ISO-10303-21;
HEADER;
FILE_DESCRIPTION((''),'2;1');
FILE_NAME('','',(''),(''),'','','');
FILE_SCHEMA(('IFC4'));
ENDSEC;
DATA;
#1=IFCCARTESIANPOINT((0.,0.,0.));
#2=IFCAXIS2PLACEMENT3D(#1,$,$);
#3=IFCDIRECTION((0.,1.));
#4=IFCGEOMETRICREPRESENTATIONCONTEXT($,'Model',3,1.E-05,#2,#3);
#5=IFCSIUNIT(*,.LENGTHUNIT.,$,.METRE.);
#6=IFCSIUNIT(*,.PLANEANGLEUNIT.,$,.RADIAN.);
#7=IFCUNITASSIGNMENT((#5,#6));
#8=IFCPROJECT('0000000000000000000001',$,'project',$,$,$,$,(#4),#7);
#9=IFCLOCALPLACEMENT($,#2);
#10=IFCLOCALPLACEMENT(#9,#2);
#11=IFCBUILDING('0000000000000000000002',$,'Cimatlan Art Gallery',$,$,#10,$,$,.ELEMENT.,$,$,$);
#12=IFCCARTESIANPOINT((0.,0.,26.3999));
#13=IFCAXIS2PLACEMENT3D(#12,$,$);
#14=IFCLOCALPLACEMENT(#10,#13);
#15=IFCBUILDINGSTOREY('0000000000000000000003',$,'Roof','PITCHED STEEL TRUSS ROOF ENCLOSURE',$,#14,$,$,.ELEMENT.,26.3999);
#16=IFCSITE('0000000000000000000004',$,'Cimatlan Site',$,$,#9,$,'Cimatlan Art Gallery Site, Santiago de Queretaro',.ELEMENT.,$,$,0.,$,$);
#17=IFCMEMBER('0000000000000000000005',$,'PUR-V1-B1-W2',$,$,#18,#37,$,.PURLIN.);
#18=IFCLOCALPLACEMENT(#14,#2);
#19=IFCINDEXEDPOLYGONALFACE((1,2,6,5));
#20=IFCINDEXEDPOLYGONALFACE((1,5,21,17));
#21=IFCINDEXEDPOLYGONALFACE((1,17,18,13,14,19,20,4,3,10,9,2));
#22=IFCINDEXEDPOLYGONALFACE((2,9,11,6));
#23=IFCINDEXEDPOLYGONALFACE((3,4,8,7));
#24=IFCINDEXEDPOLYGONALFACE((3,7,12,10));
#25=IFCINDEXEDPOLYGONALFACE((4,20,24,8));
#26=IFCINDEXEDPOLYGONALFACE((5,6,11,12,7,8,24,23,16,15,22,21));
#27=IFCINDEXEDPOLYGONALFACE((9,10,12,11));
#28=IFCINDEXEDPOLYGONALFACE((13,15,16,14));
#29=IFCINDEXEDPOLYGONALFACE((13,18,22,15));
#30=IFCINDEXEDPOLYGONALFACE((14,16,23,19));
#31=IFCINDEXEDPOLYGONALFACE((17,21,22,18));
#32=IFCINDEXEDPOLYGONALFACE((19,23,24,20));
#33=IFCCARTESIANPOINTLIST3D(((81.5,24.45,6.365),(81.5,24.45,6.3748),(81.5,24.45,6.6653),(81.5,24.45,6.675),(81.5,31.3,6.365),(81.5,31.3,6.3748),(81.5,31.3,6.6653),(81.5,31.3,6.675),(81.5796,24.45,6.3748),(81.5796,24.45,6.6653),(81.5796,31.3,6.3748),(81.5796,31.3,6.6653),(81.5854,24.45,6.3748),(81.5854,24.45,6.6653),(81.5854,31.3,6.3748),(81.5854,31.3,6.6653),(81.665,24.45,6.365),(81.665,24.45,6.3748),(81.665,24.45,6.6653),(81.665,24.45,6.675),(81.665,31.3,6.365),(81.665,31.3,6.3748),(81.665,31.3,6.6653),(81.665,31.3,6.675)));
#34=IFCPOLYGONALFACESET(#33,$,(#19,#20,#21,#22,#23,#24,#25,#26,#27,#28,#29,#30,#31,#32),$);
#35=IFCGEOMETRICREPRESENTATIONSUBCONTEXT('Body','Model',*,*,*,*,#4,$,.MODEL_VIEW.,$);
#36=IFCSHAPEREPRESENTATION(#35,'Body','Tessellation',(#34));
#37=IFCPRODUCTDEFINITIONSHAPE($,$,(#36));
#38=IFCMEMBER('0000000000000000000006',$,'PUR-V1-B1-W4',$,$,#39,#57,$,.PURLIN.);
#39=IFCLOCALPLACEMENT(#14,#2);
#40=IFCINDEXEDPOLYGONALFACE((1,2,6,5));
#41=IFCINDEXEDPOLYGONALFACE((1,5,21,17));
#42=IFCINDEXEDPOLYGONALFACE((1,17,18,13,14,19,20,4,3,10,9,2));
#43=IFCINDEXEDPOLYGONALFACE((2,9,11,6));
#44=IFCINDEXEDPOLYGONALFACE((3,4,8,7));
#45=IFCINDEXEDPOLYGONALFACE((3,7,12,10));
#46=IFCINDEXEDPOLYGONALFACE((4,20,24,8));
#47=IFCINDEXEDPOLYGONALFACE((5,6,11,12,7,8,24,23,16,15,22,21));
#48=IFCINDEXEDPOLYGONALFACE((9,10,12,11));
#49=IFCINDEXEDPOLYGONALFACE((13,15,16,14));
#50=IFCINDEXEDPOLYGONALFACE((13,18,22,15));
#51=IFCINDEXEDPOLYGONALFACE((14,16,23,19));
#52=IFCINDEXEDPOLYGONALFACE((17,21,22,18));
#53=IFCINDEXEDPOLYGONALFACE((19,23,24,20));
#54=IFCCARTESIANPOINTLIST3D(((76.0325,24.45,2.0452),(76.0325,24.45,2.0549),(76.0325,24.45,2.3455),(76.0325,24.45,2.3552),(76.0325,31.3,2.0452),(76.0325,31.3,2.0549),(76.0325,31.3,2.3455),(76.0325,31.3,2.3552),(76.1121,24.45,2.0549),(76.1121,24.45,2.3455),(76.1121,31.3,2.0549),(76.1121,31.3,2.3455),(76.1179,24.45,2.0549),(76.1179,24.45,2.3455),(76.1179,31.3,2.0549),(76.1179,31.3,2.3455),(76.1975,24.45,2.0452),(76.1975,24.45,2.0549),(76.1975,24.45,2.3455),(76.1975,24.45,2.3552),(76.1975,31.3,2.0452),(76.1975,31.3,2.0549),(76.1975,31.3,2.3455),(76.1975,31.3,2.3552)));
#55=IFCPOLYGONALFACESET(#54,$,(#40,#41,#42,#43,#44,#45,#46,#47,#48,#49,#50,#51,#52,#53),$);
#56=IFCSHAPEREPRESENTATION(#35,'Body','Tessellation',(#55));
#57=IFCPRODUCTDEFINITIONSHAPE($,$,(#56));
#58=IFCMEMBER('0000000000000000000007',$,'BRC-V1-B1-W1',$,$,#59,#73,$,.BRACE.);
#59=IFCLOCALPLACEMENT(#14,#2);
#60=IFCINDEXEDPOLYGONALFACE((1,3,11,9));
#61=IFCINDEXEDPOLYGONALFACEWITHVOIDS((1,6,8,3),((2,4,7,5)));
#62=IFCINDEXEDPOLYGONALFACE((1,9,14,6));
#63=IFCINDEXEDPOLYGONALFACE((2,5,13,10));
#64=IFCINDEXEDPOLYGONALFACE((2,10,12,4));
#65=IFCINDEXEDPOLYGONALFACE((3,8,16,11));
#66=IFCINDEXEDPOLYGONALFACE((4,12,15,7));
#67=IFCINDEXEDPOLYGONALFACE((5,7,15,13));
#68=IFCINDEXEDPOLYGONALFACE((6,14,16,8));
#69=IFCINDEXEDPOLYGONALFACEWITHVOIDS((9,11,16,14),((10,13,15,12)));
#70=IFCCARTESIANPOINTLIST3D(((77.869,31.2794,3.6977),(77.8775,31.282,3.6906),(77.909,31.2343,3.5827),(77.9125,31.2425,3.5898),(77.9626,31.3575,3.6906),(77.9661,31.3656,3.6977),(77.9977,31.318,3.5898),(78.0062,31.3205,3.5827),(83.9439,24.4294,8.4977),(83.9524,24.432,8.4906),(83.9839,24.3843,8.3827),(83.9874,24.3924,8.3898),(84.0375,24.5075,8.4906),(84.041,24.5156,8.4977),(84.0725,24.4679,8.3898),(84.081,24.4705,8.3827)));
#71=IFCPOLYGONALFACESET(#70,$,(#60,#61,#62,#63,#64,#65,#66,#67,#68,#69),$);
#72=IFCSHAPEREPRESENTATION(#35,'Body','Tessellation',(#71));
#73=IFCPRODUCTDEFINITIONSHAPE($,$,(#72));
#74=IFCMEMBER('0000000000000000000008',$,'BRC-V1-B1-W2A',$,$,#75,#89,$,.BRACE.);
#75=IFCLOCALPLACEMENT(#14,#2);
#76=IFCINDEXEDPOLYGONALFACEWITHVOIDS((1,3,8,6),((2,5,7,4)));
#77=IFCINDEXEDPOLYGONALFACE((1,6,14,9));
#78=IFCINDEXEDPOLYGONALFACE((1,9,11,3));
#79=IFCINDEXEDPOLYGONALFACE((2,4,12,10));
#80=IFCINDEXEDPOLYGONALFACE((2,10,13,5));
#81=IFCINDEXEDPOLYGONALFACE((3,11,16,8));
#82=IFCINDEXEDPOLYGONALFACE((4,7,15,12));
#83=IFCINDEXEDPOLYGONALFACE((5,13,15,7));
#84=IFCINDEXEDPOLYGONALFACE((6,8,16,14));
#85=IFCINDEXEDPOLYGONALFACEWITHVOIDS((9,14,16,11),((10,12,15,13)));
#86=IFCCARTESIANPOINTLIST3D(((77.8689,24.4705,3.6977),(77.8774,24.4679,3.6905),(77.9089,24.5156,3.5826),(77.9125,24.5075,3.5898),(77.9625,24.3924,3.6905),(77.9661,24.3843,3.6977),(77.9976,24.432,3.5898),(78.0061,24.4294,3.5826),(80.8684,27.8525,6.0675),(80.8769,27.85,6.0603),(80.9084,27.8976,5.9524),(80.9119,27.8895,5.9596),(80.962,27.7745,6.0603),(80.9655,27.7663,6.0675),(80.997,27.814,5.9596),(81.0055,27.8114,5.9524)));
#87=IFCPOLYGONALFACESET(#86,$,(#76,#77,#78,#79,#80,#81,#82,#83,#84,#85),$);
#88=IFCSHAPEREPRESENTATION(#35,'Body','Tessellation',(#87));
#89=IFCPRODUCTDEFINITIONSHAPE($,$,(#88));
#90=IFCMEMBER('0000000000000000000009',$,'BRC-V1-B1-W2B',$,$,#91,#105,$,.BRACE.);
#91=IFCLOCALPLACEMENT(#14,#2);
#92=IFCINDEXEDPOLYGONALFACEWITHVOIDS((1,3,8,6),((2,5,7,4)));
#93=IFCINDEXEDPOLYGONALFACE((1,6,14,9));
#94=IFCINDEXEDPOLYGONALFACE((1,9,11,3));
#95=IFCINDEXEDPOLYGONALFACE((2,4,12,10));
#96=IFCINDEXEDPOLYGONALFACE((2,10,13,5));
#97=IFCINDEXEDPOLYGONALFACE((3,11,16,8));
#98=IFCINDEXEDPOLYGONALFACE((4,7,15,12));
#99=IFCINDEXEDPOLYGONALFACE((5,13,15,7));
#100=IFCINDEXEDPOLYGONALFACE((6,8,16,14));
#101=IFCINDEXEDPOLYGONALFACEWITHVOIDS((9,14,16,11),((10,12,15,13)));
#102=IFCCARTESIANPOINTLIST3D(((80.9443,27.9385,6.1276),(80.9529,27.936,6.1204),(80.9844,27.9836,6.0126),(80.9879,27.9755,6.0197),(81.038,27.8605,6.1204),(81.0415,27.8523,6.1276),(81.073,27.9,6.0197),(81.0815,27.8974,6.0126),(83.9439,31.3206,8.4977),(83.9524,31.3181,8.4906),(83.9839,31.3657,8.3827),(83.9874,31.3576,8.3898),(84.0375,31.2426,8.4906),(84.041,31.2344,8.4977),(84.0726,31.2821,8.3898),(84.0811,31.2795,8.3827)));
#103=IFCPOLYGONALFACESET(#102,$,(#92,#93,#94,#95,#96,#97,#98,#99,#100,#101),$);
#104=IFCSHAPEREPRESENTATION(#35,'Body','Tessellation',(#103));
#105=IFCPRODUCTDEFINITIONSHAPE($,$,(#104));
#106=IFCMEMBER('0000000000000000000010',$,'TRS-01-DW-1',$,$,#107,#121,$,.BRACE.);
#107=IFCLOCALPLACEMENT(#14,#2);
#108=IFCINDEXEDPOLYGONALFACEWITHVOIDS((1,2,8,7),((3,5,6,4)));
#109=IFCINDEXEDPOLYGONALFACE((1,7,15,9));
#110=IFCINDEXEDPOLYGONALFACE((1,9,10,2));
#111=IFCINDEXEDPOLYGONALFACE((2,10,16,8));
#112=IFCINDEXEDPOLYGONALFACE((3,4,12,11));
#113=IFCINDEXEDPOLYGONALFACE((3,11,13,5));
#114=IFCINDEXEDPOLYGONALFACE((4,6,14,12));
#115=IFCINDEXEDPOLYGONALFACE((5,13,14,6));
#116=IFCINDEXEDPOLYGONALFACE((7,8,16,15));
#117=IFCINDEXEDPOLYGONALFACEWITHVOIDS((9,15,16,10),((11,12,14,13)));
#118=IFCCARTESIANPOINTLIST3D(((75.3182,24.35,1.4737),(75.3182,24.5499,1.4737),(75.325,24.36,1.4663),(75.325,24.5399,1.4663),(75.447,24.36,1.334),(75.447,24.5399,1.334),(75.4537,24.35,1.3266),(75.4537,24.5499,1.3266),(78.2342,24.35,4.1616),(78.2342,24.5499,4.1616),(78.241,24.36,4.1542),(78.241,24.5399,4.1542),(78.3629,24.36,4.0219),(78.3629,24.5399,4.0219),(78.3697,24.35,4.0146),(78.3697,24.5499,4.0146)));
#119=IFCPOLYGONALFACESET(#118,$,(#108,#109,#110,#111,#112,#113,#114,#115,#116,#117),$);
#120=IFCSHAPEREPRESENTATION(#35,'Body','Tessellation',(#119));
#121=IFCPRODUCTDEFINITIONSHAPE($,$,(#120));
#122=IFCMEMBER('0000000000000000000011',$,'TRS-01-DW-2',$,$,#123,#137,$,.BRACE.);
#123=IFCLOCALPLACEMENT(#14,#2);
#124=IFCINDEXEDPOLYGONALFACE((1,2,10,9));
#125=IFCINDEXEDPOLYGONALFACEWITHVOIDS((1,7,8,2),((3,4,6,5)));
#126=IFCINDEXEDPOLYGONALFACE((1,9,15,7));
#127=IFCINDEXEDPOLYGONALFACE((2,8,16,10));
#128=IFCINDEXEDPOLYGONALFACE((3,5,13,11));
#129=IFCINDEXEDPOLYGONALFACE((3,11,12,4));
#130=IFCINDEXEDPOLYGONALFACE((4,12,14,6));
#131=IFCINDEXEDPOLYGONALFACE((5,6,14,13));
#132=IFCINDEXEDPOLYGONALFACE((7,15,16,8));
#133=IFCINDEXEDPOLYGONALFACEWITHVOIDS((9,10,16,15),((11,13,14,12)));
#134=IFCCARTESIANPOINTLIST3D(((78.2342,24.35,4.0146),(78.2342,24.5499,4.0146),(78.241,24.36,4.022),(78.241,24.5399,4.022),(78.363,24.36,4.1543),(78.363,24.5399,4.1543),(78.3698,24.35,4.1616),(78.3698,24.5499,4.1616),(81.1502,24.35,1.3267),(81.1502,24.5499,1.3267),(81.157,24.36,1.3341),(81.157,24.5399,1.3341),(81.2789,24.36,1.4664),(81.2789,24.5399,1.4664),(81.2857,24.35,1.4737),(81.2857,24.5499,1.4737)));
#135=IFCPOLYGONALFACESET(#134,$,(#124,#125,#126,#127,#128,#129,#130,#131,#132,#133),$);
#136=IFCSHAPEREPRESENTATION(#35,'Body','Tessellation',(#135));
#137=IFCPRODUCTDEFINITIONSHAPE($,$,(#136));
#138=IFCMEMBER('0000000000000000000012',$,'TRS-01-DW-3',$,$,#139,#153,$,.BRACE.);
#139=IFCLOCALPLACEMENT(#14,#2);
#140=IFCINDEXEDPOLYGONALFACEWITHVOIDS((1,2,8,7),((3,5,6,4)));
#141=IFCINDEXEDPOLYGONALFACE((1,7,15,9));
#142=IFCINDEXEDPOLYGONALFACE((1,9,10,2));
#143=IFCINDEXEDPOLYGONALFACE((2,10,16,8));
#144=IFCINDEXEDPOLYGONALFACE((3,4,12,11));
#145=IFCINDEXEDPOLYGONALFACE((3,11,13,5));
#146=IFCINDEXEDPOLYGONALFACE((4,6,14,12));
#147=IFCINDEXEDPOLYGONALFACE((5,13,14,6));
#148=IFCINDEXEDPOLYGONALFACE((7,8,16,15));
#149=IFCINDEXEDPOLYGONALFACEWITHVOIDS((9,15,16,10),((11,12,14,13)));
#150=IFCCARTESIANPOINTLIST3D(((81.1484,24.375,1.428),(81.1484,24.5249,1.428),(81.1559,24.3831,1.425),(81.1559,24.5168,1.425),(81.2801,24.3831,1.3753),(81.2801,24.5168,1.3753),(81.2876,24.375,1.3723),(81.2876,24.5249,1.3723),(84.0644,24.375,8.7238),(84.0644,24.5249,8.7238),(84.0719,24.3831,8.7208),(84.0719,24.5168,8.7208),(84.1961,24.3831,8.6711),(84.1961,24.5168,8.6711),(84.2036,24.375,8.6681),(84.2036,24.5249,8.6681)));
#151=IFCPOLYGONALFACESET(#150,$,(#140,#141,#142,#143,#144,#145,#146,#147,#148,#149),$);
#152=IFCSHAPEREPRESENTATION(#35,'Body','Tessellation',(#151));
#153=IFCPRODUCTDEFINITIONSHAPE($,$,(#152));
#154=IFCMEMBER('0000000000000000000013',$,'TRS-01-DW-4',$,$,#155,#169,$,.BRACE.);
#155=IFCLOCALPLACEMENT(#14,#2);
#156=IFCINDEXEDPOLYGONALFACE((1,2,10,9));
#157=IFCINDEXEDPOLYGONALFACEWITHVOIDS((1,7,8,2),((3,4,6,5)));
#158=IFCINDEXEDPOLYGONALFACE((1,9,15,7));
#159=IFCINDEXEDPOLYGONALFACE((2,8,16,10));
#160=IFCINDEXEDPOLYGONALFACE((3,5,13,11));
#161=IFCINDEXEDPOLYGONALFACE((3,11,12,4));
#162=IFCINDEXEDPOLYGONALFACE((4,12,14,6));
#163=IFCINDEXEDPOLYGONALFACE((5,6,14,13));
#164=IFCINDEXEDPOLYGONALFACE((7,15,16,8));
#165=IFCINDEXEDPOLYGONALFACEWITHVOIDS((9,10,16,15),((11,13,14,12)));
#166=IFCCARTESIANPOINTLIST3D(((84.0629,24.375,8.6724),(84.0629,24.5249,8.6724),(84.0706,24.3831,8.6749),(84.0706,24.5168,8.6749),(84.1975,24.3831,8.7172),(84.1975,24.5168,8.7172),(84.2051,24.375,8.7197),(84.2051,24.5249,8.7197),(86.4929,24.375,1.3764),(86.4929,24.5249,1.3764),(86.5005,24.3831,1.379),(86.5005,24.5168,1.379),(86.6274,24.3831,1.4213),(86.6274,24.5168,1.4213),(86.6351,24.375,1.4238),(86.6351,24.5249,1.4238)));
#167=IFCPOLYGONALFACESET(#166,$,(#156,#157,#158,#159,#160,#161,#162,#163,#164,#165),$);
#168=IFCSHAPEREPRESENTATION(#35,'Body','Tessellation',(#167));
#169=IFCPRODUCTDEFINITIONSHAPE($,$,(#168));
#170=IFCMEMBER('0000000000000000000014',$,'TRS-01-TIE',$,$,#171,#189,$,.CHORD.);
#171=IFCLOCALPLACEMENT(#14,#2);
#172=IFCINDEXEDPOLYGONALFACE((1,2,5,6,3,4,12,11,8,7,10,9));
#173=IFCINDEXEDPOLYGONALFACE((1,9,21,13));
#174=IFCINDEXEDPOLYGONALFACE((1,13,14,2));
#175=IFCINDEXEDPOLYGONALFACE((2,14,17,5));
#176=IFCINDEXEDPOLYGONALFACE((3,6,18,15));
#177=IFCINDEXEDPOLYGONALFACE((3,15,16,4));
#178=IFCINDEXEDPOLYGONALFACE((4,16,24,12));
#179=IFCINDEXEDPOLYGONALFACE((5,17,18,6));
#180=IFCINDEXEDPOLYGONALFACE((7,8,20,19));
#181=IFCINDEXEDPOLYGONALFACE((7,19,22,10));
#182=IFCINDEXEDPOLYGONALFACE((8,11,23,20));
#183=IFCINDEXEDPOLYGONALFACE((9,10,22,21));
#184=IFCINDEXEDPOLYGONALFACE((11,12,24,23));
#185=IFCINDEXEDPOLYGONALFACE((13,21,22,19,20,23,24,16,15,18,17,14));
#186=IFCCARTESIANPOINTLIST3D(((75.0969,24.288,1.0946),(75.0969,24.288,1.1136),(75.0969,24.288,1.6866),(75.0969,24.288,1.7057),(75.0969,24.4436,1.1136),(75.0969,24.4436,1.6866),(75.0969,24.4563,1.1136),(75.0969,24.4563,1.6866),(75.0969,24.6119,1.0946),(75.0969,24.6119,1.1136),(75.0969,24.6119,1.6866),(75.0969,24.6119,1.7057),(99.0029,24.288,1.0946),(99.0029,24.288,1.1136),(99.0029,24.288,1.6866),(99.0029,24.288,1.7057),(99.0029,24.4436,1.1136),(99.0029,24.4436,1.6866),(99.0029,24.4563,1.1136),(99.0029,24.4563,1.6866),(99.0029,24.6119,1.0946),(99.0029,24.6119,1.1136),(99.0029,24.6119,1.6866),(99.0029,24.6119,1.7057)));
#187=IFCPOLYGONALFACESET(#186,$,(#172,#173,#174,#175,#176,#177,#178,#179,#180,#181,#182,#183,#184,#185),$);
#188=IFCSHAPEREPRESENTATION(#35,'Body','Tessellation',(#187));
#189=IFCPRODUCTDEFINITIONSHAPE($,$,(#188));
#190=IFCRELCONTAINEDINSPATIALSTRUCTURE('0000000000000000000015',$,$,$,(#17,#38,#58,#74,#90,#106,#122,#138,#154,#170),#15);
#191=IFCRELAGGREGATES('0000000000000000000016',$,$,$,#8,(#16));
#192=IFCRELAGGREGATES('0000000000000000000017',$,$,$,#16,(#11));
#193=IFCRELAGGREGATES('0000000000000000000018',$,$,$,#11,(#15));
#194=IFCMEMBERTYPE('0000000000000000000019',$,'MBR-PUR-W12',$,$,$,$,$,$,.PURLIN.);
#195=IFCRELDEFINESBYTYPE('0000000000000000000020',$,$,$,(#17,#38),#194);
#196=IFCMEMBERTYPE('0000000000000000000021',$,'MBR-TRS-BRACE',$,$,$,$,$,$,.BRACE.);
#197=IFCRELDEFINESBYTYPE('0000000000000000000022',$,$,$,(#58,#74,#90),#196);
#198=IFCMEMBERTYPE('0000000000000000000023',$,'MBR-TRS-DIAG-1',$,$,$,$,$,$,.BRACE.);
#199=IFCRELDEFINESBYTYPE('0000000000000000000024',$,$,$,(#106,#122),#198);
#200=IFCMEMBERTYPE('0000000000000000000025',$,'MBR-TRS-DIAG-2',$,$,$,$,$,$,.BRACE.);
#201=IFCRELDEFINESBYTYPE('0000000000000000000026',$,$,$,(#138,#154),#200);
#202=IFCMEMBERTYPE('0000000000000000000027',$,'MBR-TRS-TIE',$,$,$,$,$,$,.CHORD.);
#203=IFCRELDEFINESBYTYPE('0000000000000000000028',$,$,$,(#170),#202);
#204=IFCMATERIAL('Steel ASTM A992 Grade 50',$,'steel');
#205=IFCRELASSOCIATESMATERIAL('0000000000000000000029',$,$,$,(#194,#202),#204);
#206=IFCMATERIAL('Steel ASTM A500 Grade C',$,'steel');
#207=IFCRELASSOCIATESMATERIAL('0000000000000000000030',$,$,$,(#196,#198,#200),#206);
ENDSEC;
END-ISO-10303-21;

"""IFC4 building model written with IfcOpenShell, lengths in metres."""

from ifc_helpers import new_model, si_unit, direction, frame, origin, origin_2d, place, context, subcontext, project, spatial, hollow_rectangle, i_section, extrude, material, material_profile, profile_set, type_object, element, save


model = new_model("IFC4")

# Units and contexts
model_context = context("Model", 3, precision=1e-05, world=origin(), true_north=direction((0.0, 1.0)))
body_context = subcontext(model_context, "Body", "Model", "MODEL_VIEW")
ifc_project = project(units=[si_unit("LENGTHUNIT", "METRE"), si_unit("PLANEANGLEUNIT", "RADIAN")], contexts=[model_context])

# Site, building, storey
site_placement = place(None, origin())
site = spatial("IfcSite", under=ifc_project, at=site_placement, Name="Cimatlan Site", LongName="Cimatlan Art Gallery Site, Santiago de Queretaro", CompositionType="ELEMENT", RefElevation=0.0)
building_placement = place(site_placement, origin())
building = spatial("IfcBuilding", under=site, at=building_placement, Name="Cimatlan Art Gallery", CompositionType="ELEMENT")
storey_placement = place(building_placement, frame((0.0, 0.0, 26.3999)))
storey = spatial("IfcBuildingStorey", under=building, at=storey_placement, Name="Roof", Description="PITCHED STEEL TRUSS ROOF ENCLOSURE", CompositionType="ELEMENT", Elevation=26.3999)

# Shared definitions
ifc_material_1 = material(Name="Steel ASTM A992 Grade 50", Category="steel")

# Members
ifc_material_2 = material(Name="Steel ASTM A500 Grade C", Category="steel")
ifc_material_profile_1 = material_profile(ifc_material_1, i_section(OverallWidth=0.165, OverallDepth=0.3101, WebThickness=0.0059, FlangeThickness=0.0098, at=origin_2d()), Name="W12X26")
ifc_profile_set_1 = profile_set([ifc_material_profile_1], Name="Steel ASTM A992 Grade 50")
member_type_1 = type_object("IfcMemberType", Name="MBR-PUR-W12", PredefinedType="PURLIN", material=ifc_profile_set_1)
for number, where, z_axis, x_axis, name in (
    (1, (81.5825, 24.45, 6.52), (0.0, 1.0, 0.0), (-1.0, 0.0, 0.0), "PUR-V1-B1-W2"),
    (2, (76.115, 24.45, 2.2002), (0.0, 1.0, 0.0), (-1.0, 0.0, 0.0), "PUR-V1-B1-W4"),
):
    element("IfcMember", number, at=place(storey_placement, frame(where, z_axis=z_axis, x_axis=x_axis)), inside=storey, type_object=member_type_1, Name=name, PredefinedType="PURLIN", context=body_context, shape_type="SweptSolid", body=[
        extrude(i_section(OverallWidth=0.165, OverallDepth=0.3101, WebThickness=0.0059, FlangeThickness=0.0098, at=origin_2d()), origin(), (0.0, 0.0, 1.0), 6.8501),
    ])
ifc_material_profile_2 = material_profile(ifc_material_2, hollow_rectangle(XDim=0.1299, YDim=0.1299, WallThickness=0.0081, at=origin_2d()), Name="HSS130X130X8")
ifc_profile_set_2 = profile_set([ifc_material_profile_2], Name="Steel ASTM A500 Grade C")
member_type_2 = type_object("IfcMemberType", Name="MBR-TRS-BRACE", PredefinedType="BRACE", material=ifc_profile_set_2)
member_1_placement = place(storey_placement, frame((84.0125, 24.45, 8.4402), z_axis=(-0.587647, 0.662629, -0.464322), x_axis=(-0.748169, -0.663508, 0.0)))
element("IfcMember", 3, at=member_1_placement, inside=storey, type_object=member_type_2, Name="BRC-V1-B1-W1", PredefinedType="BRACE", context=body_context, shape_type="SweptSolid", body=[
    extrude(hollow_rectangle(XDim=0.1299, YDim=0.1299, WallThickness=0.0081, at=origin_2d()), origin(), (0.0, 0.0, 1.0), 10.3376),
])
member_2_placement = place(storey_placement, frame((77.9375, 24.45, 3.6401), z_axis=(0.587667, 0.66262, 0.464308), x_axis=(-0.748154, 0.663525, 0.0)))
element("IfcMember", 4, at=member_2_placement, inside=storey, type_object=member_type_2, Name="BRC-V1-B1-W2A", PredefinedType="BRACE", context=body_context, shape_type="SweptSolid", body=[
    extrude(hollow_rectangle(XDim=0.1299, YDim=0.1299, WallThickness=0.0081, at=origin_2d()), origin(), (0.0, 0.0, 1.0), 5.104),
])
member_3_placement = place(storey_placement, frame((81.0129, 27.918, 6.0701), z_axis=(0.587654, 0.662606, 0.464345), x_axis=(-0.748154, 0.663525, 0.0)))
element("IfcMember", 5, at=member_3_placement, inside=storey, type_object=member_type_2, Name="BRC-V1-B1-W2B", PredefinedType="BRACE", context=body_context, shape_type="SweptSolid", body=[
    extrude(hollow_rectangle(XDim=0.1299, YDim=0.1299, WallThickness=0.0081, at=origin_2d()), origin(), (0.0, 0.0, 1.0), 5.1042),
])
ifc_material_profile_3 = material_profile(ifc_material_2, hollow_rectangle(XDim=0.2, YDim=0.2, WallThickness=0.01, at=origin_2d()), Name="HSS200X200X10")
ifc_profile_set_3 = profile_set([ifc_material_profile_3], Name="Steel ASTM A500 Grade C")
member_type_3 = type_object("IfcMemberType", Name="MBR-TRS-DIAG-1", PredefinedType="BRACE", material=ifc_profile_set_3)
for number, where, z_axis, x_axis, name in (
    (6, (75.386, 24.45, 1.4001), (0.735271, 0.0, 0.677774), (0.0, 1.0, 0.0), "TRS-01-DW-1"),
    (7, (78.302, 24.45, 4.0881), (0.735271, 0.0, -0.677774), (0.0, 1.0, 0.0), "TRS-01-DW-2"),
):
    element("IfcMember", number, at=place(storey_placement, frame(where, z_axis=z_axis, x_axis=x_axis)), inside=storey, type_object=member_type_3, Name=name, PredefinedType="BRACE", context=body_context, shape_type="SweptSolid", body=[
        extrude(hollow_rectangle(XDim=0.2, YDim=0.2, WallThickness=0.01, at=origin_2d()), origin(), (0.0, 0.0, 1.0), 3.9658),
    ])
ifc_material_profile_4 = material_profile(ifc_material_2, hollow_rectangle(XDim=0.1499, YDim=0.1499, WallThickness=0.0081, at=origin_2d()), Name="HSS150X150X8")
ifc_profile_set_4 = profile_set([ifc_material_profile_4], Name="Steel ASTM A500 Grade C")
member_type_4 = type_object("IfcMemberType", Name="MBR-TRS-DIAG-2", PredefinedType="BRACE", material=ifc_profile_set_4)
member_4_placement = place(storey_placement, frame((81.218, 24.45, 1.4001), z_axis=(0.371134, 0.0, 0.92858), x_axis=(0.0, 1.0, 0.0)))
element("IfcMember", 8, at=member_4_placement, inside=storey, type_object=member_type_4, Name="TRS-01-DW-3", PredefinedType="BRACE", context=body_context, shape_type="SweptSolid", body=[
    extrude(hollow_rectangle(XDim=0.1499, YDim=0.1499, WallThickness=0.0081, at=origin_2d()), origin(), (0.0, 0.0, 1.0), 7.8569),
])
member_5_placement = place(storey_placement, frame((84.134, 24.45, 8.696), z_axis=(0.31599, 0.0, -0.948763), x_axis=(0.0, 1.0, 0.0)))
element("IfcMember", 9, at=member_5_placement, inside=storey, type_object=member_type_4, Name="TRS-01-DW-4", PredefinedType="BRACE", context=body_context, shape_type="SweptSolid", body=[
    extrude(hollow_rectangle(XDim=0.1499, YDim=0.1499, WallThickness=0.0081, at=origin_2d()), origin(), (0.0, 0.0, 1.0), 7.6899),
])
ifc_material_profile_5 = material_profile(ifc_material_1, i_section(OverallWidth=0.324, OverallDepth=0.6111, WebThickness=0.0127, FlangeThickness=0.019, at=origin_2d()), Name="W24X104")
ifc_profile_set_5 = profile_set([ifc_material_profile_5], Name="Steel ASTM A992 Grade 50")
member_type_5 = type_object("IfcMemberType", Name="MBR-TRS-TIE", PredefinedType="CHORD", material=ifc_profile_set_5)
member_6_placement = place(storey_placement, frame((75.0969, 24.45, 1.4001), z_axis=(1.0, 0.0, 0.0), x_axis=(0.0, 1.0, 0.0)))
element("IfcMember", 10, at=member_6_placement, inside=storey, type_object=member_type_5, Name="TRS-01-TIE", PredefinedType="CHORD", context=body_context, shape_type="SweptSolid", body=[
    extrude(i_section(OverallWidth=0.324, OverallDepth=0.6111, WebThickness=0.0127, FlangeThickness=0.019, at=origin_2d()), origin(), (0.0, 0.0, 1.0), 23.906),
])

save(model, "model.ifc")
